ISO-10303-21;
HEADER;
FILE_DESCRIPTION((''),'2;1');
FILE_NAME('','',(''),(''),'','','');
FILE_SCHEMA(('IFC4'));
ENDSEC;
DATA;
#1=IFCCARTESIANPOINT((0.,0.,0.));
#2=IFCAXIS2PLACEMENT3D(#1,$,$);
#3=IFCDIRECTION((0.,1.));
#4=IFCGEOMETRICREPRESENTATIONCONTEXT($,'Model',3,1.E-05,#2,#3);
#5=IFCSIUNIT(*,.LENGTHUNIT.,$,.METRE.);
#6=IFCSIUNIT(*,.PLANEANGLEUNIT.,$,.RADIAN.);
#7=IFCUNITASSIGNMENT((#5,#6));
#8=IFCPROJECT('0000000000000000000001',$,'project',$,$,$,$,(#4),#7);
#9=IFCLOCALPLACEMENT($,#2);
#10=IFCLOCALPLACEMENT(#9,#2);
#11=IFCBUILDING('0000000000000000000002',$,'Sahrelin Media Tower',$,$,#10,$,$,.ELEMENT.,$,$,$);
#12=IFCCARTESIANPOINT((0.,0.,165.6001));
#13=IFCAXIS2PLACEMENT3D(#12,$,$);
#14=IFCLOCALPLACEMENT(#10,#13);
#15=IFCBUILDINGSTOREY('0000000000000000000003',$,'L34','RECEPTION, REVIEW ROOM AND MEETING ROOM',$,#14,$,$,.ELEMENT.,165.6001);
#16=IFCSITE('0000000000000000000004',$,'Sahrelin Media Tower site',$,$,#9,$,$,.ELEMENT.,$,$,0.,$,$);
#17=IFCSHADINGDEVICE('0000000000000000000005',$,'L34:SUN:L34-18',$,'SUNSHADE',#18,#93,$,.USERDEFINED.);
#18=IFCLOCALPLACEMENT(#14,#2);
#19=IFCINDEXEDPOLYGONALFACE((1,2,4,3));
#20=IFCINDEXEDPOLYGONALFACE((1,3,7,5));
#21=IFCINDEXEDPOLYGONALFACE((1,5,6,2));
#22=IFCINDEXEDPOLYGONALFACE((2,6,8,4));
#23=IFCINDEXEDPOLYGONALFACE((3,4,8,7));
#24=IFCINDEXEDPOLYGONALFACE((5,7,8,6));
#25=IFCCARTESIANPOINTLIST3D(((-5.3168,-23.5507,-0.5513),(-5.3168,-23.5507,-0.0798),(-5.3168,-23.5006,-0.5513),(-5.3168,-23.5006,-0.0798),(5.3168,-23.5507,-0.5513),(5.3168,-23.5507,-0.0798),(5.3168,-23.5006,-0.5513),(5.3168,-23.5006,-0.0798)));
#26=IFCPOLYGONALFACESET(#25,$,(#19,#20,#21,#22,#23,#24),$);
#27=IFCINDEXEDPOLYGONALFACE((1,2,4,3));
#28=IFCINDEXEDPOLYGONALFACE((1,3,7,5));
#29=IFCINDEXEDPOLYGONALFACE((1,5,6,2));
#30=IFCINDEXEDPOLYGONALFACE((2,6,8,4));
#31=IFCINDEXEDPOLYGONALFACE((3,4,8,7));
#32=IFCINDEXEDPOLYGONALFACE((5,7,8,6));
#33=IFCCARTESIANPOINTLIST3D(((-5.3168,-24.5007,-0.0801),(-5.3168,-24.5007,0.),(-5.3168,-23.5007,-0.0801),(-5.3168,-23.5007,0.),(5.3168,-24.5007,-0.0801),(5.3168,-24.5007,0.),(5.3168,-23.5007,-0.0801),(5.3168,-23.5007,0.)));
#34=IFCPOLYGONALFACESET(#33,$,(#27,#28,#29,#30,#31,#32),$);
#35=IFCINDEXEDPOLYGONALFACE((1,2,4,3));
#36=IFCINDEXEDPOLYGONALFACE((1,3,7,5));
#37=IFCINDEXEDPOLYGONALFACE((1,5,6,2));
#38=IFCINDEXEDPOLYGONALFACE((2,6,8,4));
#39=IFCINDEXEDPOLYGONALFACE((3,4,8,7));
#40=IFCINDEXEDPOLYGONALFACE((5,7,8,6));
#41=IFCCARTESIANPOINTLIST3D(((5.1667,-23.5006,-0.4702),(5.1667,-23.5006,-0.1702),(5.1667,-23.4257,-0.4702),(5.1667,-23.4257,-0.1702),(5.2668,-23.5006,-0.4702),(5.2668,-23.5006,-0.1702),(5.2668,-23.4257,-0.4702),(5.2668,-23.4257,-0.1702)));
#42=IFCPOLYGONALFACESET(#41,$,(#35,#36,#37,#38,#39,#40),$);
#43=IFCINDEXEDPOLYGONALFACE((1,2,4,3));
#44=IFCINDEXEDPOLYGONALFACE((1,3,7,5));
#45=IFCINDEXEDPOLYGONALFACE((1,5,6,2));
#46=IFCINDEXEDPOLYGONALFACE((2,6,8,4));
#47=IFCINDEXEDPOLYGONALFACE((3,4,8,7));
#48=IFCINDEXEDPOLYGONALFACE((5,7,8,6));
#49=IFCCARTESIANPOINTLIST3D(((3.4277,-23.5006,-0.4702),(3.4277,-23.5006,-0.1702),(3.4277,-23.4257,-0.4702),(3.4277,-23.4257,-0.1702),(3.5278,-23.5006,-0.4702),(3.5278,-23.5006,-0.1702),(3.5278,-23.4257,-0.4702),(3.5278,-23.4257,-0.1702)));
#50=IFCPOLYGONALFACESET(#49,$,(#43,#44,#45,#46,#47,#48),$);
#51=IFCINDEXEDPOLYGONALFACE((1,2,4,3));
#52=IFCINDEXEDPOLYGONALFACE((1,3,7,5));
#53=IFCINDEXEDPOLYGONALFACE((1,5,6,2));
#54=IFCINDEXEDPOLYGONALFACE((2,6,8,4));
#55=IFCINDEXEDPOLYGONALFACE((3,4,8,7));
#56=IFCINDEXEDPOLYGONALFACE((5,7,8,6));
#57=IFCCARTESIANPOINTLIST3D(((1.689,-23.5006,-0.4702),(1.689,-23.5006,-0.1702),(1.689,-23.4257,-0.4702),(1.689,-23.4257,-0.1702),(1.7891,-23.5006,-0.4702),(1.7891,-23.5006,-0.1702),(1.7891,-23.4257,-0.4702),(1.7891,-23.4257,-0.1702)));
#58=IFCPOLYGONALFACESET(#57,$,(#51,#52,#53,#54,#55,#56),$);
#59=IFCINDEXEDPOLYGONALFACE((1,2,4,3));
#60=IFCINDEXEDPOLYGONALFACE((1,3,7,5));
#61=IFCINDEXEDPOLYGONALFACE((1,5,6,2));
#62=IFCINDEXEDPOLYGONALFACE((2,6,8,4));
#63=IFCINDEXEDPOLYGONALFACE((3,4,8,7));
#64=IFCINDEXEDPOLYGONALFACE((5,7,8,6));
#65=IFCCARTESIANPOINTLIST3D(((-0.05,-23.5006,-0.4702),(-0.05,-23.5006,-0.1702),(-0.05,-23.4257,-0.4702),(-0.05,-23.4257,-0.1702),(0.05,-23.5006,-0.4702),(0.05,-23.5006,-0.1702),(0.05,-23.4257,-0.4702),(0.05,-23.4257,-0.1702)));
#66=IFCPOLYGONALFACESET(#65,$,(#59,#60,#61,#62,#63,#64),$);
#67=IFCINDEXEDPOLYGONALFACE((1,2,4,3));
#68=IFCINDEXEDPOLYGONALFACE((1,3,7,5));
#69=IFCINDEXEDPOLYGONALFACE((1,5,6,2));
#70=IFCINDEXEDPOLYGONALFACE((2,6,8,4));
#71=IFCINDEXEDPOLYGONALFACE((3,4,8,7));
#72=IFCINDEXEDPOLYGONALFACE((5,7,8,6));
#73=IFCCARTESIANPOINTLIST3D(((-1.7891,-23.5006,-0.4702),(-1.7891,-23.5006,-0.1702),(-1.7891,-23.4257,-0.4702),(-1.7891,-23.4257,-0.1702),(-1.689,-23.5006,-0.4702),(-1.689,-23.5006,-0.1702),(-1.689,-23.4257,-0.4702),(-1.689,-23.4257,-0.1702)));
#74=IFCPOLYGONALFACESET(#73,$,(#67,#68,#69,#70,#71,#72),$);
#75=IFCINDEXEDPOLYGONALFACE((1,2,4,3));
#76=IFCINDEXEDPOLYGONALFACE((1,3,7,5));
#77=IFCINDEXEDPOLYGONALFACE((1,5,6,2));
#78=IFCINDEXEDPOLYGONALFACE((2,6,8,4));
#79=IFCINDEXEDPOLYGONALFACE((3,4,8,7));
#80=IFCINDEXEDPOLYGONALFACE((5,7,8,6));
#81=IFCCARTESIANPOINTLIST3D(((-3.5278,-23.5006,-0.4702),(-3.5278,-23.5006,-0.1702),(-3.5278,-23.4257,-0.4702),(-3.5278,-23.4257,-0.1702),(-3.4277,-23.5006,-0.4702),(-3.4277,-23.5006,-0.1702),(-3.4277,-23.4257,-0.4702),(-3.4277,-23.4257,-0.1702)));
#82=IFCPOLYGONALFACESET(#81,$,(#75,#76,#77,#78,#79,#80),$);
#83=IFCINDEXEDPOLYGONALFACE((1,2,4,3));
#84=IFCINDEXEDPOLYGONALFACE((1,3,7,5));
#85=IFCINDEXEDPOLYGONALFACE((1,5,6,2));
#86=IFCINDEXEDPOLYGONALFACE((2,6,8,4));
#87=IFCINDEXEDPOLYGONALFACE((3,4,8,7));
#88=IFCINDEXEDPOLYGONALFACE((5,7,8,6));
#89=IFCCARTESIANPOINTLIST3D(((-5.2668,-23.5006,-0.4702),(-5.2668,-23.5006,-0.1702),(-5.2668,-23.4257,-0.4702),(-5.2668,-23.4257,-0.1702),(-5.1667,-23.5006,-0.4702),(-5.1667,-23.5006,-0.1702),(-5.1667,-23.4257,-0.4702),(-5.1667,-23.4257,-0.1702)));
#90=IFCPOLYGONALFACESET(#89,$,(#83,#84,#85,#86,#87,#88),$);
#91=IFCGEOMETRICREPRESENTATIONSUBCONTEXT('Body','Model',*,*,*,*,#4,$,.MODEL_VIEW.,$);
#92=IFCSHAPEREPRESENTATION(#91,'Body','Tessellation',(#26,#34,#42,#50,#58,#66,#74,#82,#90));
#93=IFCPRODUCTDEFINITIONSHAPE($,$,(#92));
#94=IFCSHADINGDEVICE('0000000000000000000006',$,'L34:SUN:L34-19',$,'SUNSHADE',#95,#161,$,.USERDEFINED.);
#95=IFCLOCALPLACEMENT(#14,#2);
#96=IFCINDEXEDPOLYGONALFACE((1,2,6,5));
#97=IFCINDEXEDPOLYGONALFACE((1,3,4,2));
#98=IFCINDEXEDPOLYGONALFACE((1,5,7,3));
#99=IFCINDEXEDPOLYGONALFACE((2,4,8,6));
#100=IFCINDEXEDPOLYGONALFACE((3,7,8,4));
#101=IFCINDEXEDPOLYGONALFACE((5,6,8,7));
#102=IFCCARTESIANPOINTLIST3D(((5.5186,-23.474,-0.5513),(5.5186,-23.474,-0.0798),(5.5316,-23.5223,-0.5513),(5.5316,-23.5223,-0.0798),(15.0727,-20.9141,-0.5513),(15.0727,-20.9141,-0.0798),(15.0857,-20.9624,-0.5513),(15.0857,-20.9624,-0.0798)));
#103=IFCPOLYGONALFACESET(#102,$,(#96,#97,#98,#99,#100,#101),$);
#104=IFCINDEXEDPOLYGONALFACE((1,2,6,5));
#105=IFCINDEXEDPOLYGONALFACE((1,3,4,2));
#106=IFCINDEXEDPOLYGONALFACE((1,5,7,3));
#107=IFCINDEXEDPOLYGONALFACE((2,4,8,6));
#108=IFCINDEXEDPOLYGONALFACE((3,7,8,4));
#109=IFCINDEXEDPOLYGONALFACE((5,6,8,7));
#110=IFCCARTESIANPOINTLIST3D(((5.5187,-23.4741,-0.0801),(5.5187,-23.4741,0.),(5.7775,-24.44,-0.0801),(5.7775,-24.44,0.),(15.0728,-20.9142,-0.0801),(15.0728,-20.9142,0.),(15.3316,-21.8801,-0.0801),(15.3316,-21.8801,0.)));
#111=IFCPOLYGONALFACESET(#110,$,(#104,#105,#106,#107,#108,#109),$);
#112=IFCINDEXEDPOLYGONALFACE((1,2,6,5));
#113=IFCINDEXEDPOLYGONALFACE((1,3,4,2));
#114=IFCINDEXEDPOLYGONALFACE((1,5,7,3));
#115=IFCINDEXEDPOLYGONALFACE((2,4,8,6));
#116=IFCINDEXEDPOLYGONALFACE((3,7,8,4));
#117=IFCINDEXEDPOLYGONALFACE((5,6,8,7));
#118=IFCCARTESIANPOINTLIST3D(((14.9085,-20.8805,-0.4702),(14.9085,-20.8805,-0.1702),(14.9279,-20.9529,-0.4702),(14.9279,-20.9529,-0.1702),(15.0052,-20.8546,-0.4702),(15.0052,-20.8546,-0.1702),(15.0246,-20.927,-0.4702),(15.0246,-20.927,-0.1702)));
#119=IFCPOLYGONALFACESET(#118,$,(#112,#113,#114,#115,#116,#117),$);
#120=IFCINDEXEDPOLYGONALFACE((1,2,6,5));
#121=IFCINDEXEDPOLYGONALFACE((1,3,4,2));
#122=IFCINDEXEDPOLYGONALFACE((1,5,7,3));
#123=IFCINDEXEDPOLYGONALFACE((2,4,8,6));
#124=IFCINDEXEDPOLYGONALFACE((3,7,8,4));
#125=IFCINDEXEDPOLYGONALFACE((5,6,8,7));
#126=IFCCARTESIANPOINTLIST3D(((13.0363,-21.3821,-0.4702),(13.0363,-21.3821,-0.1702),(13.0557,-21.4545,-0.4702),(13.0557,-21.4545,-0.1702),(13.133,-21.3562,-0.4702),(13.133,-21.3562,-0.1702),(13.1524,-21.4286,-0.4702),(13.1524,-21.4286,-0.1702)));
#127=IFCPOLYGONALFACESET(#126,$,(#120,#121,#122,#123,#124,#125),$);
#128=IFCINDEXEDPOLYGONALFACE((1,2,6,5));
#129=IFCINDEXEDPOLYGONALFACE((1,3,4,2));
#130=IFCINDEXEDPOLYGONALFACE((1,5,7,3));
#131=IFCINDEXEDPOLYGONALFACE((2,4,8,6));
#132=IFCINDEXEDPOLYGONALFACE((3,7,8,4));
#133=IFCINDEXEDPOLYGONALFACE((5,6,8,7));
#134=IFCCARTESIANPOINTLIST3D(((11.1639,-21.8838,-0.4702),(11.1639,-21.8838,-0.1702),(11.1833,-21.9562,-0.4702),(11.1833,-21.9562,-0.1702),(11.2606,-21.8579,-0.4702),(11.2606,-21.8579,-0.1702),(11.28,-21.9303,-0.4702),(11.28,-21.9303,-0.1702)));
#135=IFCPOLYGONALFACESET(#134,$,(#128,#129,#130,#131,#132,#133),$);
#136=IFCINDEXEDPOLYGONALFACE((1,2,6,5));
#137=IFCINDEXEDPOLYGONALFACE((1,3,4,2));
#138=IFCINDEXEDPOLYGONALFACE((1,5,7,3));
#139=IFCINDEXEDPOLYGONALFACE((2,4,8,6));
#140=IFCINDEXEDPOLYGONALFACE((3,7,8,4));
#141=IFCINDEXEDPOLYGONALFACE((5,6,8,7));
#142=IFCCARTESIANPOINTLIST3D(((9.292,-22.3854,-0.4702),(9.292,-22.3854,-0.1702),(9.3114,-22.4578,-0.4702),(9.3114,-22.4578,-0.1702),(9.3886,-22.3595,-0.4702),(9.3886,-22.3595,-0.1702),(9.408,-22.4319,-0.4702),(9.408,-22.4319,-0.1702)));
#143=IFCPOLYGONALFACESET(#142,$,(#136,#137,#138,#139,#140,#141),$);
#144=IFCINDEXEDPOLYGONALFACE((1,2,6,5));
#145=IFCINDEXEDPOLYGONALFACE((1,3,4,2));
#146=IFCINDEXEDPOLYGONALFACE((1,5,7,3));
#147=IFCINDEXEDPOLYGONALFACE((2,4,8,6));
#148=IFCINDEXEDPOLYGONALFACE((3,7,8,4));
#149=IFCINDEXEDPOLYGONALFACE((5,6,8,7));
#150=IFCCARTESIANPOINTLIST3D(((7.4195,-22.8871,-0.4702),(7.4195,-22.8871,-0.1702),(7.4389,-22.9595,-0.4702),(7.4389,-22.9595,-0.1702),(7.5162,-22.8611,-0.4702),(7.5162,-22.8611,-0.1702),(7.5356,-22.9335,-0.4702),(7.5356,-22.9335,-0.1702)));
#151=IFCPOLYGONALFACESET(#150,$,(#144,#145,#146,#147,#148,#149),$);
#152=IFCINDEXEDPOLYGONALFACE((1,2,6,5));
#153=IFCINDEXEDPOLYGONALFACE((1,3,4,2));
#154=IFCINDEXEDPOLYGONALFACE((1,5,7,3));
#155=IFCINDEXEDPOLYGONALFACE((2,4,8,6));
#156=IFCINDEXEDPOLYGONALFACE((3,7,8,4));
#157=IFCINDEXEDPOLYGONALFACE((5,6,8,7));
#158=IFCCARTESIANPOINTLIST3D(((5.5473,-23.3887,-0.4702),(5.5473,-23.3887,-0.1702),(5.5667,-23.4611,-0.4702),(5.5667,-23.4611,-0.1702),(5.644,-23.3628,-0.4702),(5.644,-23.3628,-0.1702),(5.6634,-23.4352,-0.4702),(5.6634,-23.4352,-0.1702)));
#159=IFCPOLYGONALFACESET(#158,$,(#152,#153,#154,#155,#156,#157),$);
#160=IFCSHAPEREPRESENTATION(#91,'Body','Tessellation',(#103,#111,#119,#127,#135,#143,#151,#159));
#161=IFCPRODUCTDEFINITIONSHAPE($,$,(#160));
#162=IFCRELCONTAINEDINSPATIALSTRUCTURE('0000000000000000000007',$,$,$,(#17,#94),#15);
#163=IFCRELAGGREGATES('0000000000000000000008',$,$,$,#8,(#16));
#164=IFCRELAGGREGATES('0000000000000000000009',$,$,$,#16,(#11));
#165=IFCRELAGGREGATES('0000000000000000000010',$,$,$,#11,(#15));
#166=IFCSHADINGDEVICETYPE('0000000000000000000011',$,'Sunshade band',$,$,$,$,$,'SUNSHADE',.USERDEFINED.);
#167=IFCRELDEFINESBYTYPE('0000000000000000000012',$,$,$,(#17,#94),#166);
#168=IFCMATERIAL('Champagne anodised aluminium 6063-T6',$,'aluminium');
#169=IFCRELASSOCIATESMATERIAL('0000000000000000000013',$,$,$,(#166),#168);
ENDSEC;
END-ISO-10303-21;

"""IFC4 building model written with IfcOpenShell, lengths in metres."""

from ifc_helpers import new_model, si_unit, direction, frame, origin, origin_2d, place, context, subcontext, project, spatial, rectangle, extrude, material, type_object, element, save


model = new_model("IFC4")

# Units and contexts
model_context = context("Model", 3, precision=1e-05, world=origin(), true_north=direction((0.0, 1.0)))
body_context = subcontext(model_context, "Body", "Model", "MODEL_VIEW")
ifc_project = project(units=[si_unit("LENGTHUNIT", "METRE"), si_unit("PLANEANGLEUNIT", "RADIAN")], contexts=[model_context])

# Site, building, storey
site_placement = place(None, origin())
site = spatial("IfcSite", under=ifc_project, at=site_placement, Name="Sahrelin Media Tower site", CompositionType="ELEMENT", RefElevation=0.0)
building_placement = place(site_placement, origin())
building = spatial("IfcBuilding", under=site, at=building_placement, Name="Sahrelin Media Tower", CompositionType="ELEMENT")
storey_placement = place(building_placement, frame((0.0, 0.0, 165.6001)))
storey = spatial("IfcBuildingStorey", under=building, at=storey_placement, Name="L34", Description="RECEPTION, REVIEW ROOM AND MEETING ROOM", CompositionType="ELEMENT", Elevation=165.6001)

# Shared definitions
ifc_material_1 = material(Name="Champagne anodised aluminium 6063-T6", Category="aluminium")

# Shading devices
placement_1 = place(storey_placement, frame((0.0, -23.4807, 0.0), z_axis=(0.0, 0.0, 1.0), x_axis=(-1.0, 0.0, 0.0)))
placement_2 = place(storey_placement, frame((10.2905, -22.1748, 0.0), z_axis=(0.0, 0.0, 1.0), x_axis=(-0.965929, -0.258808, 0.0)))
shading_device_type_1 = type_object("IfcShadingDeviceType", Name="Sunshade band", ElementType="SUNSHADE", PredefinedType="USERDEFINED", material=ifc_material_1)
element("IfcShadingDevice", 1, at=placement_1, inside=storey, type_object=shading_device_type_1, Name="L34:SUN:L34-18", ObjectType="SUNSHADE", PredefinedType="USERDEFINED", context=body_context, shape_type="SweptSolid", body=[
    extrude(rectangle(XDim=10.6335, YDim=0.05, at=origin_2d()), frame((0.0, 0.0449, -0.5513)), (0.0, 0.0, 1.0), 0.4714),
    extrude(rectangle(XDim=10.6335, YDim=1.0, at=origin_2d()), frame((0.0, 0.52, -0.0801)), (0.0, 0.0, 1.0), 0.0801),
    extrude(rectangle(XDim=0.1001, YDim=0.075, at=origin_2d()), frame((-5.2168, -0.0176, -0.4702)), (0.0, 0.0, 1.0), 0.3),
    extrude(rectangle(XDim=0.1001, YDim=0.075, at=origin_2d()), frame((-3.4778, -0.0176, -0.4702)), (0.0, 0.0, 1.0), 0.3),
    extrude(rectangle(XDim=0.1001, YDim=0.075, at=origin_2d()), frame((-1.739, -0.0176, -0.4702)), (0.0, 0.0, 1.0), 0.3),
    extrude(rectangle(XDim=0.1001, YDim=0.075, at=origin_2d()), frame((0.0, -0.0176, -0.4702)), (0.0, 0.0, 1.0), 0.3),
    extrude(rectangle(XDim=0.1001, YDim=0.075, at=origin_2d()), frame((1.739, -0.0176, -0.4702)), (0.0, 0.0, 1.0), 0.3),
    extrude(rectangle(XDim=0.1001, YDim=0.075, at=origin_2d()), frame((3.4778, -0.0176, -0.4702)), (0.0, 0.0, 1.0), 0.3),
    extrude(rectangle(XDim=0.1001, YDim=0.075, at=origin_2d()), frame((5.2168, -0.0176, -0.4702)), (0.0, 0.0, 1.0), 0.3),
])
element("IfcShadingDevice", 2, at=placement_2, inside=storey, type_object=shading_device_type_1, Name="L34:SUN:L34-19", ObjectType="SUNSHADE", PredefinedType="USERDEFINED", context=body_context, shape_type="SweptSolid", body=[
    extrude(rectangle(XDim=9.8911, YDim=0.05, at=origin_2d()), frame((0.0, 0.0449, -0.5513)), (0.0, 0.0, 1.0), 0.4714),
    extrude(rectangle(XDim=9.8911, YDim=1.0, at=origin_2d()), frame((0.0, 0.52, -0.0801)), (0.0, 0.0, 1.0), 0.0801),
    extrude(rectangle(XDim=0.1001, YDim=0.075, at=origin_2d()), frame((-4.8457, -0.0176, -0.4702)), (0.0, 0.0, 1.0), 0.3),
    extrude(rectangle(XDim=0.1001, YDim=0.075, at=origin_2d()), frame((-2.9075, -0.0176, -0.4702)), (0.0, 0.0, 1.0), 0.3),
    extrude(rectangle(XDim=0.1001, YDim=0.075, at=origin_2d()), frame((-0.969, -0.0176, -0.4702)), (0.0, 0.0, 1.0), 0.3),
    extrude(rectangle(XDim=0.1001, YDim=0.075, at=origin_2d()), frame((0.969, -0.0176, -0.4702)), (0.0, 0.0, 1.0), 0.3),
    extrude(rectangle(XDim=0.1001, YDim=0.075, at=origin_2d()), frame((2.9075, -0.0176, -0.4702)), (0.0, 0.0, 1.0), 0.3),
    extrude(rectangle(XDim=0.1001, YDim=0.075, at=origin_2d()), frame((4.8457, -0.0176, -0.4702)), (0.0, 0.0, 1.0), 0.3),
])

save(model, "model.ifc")
